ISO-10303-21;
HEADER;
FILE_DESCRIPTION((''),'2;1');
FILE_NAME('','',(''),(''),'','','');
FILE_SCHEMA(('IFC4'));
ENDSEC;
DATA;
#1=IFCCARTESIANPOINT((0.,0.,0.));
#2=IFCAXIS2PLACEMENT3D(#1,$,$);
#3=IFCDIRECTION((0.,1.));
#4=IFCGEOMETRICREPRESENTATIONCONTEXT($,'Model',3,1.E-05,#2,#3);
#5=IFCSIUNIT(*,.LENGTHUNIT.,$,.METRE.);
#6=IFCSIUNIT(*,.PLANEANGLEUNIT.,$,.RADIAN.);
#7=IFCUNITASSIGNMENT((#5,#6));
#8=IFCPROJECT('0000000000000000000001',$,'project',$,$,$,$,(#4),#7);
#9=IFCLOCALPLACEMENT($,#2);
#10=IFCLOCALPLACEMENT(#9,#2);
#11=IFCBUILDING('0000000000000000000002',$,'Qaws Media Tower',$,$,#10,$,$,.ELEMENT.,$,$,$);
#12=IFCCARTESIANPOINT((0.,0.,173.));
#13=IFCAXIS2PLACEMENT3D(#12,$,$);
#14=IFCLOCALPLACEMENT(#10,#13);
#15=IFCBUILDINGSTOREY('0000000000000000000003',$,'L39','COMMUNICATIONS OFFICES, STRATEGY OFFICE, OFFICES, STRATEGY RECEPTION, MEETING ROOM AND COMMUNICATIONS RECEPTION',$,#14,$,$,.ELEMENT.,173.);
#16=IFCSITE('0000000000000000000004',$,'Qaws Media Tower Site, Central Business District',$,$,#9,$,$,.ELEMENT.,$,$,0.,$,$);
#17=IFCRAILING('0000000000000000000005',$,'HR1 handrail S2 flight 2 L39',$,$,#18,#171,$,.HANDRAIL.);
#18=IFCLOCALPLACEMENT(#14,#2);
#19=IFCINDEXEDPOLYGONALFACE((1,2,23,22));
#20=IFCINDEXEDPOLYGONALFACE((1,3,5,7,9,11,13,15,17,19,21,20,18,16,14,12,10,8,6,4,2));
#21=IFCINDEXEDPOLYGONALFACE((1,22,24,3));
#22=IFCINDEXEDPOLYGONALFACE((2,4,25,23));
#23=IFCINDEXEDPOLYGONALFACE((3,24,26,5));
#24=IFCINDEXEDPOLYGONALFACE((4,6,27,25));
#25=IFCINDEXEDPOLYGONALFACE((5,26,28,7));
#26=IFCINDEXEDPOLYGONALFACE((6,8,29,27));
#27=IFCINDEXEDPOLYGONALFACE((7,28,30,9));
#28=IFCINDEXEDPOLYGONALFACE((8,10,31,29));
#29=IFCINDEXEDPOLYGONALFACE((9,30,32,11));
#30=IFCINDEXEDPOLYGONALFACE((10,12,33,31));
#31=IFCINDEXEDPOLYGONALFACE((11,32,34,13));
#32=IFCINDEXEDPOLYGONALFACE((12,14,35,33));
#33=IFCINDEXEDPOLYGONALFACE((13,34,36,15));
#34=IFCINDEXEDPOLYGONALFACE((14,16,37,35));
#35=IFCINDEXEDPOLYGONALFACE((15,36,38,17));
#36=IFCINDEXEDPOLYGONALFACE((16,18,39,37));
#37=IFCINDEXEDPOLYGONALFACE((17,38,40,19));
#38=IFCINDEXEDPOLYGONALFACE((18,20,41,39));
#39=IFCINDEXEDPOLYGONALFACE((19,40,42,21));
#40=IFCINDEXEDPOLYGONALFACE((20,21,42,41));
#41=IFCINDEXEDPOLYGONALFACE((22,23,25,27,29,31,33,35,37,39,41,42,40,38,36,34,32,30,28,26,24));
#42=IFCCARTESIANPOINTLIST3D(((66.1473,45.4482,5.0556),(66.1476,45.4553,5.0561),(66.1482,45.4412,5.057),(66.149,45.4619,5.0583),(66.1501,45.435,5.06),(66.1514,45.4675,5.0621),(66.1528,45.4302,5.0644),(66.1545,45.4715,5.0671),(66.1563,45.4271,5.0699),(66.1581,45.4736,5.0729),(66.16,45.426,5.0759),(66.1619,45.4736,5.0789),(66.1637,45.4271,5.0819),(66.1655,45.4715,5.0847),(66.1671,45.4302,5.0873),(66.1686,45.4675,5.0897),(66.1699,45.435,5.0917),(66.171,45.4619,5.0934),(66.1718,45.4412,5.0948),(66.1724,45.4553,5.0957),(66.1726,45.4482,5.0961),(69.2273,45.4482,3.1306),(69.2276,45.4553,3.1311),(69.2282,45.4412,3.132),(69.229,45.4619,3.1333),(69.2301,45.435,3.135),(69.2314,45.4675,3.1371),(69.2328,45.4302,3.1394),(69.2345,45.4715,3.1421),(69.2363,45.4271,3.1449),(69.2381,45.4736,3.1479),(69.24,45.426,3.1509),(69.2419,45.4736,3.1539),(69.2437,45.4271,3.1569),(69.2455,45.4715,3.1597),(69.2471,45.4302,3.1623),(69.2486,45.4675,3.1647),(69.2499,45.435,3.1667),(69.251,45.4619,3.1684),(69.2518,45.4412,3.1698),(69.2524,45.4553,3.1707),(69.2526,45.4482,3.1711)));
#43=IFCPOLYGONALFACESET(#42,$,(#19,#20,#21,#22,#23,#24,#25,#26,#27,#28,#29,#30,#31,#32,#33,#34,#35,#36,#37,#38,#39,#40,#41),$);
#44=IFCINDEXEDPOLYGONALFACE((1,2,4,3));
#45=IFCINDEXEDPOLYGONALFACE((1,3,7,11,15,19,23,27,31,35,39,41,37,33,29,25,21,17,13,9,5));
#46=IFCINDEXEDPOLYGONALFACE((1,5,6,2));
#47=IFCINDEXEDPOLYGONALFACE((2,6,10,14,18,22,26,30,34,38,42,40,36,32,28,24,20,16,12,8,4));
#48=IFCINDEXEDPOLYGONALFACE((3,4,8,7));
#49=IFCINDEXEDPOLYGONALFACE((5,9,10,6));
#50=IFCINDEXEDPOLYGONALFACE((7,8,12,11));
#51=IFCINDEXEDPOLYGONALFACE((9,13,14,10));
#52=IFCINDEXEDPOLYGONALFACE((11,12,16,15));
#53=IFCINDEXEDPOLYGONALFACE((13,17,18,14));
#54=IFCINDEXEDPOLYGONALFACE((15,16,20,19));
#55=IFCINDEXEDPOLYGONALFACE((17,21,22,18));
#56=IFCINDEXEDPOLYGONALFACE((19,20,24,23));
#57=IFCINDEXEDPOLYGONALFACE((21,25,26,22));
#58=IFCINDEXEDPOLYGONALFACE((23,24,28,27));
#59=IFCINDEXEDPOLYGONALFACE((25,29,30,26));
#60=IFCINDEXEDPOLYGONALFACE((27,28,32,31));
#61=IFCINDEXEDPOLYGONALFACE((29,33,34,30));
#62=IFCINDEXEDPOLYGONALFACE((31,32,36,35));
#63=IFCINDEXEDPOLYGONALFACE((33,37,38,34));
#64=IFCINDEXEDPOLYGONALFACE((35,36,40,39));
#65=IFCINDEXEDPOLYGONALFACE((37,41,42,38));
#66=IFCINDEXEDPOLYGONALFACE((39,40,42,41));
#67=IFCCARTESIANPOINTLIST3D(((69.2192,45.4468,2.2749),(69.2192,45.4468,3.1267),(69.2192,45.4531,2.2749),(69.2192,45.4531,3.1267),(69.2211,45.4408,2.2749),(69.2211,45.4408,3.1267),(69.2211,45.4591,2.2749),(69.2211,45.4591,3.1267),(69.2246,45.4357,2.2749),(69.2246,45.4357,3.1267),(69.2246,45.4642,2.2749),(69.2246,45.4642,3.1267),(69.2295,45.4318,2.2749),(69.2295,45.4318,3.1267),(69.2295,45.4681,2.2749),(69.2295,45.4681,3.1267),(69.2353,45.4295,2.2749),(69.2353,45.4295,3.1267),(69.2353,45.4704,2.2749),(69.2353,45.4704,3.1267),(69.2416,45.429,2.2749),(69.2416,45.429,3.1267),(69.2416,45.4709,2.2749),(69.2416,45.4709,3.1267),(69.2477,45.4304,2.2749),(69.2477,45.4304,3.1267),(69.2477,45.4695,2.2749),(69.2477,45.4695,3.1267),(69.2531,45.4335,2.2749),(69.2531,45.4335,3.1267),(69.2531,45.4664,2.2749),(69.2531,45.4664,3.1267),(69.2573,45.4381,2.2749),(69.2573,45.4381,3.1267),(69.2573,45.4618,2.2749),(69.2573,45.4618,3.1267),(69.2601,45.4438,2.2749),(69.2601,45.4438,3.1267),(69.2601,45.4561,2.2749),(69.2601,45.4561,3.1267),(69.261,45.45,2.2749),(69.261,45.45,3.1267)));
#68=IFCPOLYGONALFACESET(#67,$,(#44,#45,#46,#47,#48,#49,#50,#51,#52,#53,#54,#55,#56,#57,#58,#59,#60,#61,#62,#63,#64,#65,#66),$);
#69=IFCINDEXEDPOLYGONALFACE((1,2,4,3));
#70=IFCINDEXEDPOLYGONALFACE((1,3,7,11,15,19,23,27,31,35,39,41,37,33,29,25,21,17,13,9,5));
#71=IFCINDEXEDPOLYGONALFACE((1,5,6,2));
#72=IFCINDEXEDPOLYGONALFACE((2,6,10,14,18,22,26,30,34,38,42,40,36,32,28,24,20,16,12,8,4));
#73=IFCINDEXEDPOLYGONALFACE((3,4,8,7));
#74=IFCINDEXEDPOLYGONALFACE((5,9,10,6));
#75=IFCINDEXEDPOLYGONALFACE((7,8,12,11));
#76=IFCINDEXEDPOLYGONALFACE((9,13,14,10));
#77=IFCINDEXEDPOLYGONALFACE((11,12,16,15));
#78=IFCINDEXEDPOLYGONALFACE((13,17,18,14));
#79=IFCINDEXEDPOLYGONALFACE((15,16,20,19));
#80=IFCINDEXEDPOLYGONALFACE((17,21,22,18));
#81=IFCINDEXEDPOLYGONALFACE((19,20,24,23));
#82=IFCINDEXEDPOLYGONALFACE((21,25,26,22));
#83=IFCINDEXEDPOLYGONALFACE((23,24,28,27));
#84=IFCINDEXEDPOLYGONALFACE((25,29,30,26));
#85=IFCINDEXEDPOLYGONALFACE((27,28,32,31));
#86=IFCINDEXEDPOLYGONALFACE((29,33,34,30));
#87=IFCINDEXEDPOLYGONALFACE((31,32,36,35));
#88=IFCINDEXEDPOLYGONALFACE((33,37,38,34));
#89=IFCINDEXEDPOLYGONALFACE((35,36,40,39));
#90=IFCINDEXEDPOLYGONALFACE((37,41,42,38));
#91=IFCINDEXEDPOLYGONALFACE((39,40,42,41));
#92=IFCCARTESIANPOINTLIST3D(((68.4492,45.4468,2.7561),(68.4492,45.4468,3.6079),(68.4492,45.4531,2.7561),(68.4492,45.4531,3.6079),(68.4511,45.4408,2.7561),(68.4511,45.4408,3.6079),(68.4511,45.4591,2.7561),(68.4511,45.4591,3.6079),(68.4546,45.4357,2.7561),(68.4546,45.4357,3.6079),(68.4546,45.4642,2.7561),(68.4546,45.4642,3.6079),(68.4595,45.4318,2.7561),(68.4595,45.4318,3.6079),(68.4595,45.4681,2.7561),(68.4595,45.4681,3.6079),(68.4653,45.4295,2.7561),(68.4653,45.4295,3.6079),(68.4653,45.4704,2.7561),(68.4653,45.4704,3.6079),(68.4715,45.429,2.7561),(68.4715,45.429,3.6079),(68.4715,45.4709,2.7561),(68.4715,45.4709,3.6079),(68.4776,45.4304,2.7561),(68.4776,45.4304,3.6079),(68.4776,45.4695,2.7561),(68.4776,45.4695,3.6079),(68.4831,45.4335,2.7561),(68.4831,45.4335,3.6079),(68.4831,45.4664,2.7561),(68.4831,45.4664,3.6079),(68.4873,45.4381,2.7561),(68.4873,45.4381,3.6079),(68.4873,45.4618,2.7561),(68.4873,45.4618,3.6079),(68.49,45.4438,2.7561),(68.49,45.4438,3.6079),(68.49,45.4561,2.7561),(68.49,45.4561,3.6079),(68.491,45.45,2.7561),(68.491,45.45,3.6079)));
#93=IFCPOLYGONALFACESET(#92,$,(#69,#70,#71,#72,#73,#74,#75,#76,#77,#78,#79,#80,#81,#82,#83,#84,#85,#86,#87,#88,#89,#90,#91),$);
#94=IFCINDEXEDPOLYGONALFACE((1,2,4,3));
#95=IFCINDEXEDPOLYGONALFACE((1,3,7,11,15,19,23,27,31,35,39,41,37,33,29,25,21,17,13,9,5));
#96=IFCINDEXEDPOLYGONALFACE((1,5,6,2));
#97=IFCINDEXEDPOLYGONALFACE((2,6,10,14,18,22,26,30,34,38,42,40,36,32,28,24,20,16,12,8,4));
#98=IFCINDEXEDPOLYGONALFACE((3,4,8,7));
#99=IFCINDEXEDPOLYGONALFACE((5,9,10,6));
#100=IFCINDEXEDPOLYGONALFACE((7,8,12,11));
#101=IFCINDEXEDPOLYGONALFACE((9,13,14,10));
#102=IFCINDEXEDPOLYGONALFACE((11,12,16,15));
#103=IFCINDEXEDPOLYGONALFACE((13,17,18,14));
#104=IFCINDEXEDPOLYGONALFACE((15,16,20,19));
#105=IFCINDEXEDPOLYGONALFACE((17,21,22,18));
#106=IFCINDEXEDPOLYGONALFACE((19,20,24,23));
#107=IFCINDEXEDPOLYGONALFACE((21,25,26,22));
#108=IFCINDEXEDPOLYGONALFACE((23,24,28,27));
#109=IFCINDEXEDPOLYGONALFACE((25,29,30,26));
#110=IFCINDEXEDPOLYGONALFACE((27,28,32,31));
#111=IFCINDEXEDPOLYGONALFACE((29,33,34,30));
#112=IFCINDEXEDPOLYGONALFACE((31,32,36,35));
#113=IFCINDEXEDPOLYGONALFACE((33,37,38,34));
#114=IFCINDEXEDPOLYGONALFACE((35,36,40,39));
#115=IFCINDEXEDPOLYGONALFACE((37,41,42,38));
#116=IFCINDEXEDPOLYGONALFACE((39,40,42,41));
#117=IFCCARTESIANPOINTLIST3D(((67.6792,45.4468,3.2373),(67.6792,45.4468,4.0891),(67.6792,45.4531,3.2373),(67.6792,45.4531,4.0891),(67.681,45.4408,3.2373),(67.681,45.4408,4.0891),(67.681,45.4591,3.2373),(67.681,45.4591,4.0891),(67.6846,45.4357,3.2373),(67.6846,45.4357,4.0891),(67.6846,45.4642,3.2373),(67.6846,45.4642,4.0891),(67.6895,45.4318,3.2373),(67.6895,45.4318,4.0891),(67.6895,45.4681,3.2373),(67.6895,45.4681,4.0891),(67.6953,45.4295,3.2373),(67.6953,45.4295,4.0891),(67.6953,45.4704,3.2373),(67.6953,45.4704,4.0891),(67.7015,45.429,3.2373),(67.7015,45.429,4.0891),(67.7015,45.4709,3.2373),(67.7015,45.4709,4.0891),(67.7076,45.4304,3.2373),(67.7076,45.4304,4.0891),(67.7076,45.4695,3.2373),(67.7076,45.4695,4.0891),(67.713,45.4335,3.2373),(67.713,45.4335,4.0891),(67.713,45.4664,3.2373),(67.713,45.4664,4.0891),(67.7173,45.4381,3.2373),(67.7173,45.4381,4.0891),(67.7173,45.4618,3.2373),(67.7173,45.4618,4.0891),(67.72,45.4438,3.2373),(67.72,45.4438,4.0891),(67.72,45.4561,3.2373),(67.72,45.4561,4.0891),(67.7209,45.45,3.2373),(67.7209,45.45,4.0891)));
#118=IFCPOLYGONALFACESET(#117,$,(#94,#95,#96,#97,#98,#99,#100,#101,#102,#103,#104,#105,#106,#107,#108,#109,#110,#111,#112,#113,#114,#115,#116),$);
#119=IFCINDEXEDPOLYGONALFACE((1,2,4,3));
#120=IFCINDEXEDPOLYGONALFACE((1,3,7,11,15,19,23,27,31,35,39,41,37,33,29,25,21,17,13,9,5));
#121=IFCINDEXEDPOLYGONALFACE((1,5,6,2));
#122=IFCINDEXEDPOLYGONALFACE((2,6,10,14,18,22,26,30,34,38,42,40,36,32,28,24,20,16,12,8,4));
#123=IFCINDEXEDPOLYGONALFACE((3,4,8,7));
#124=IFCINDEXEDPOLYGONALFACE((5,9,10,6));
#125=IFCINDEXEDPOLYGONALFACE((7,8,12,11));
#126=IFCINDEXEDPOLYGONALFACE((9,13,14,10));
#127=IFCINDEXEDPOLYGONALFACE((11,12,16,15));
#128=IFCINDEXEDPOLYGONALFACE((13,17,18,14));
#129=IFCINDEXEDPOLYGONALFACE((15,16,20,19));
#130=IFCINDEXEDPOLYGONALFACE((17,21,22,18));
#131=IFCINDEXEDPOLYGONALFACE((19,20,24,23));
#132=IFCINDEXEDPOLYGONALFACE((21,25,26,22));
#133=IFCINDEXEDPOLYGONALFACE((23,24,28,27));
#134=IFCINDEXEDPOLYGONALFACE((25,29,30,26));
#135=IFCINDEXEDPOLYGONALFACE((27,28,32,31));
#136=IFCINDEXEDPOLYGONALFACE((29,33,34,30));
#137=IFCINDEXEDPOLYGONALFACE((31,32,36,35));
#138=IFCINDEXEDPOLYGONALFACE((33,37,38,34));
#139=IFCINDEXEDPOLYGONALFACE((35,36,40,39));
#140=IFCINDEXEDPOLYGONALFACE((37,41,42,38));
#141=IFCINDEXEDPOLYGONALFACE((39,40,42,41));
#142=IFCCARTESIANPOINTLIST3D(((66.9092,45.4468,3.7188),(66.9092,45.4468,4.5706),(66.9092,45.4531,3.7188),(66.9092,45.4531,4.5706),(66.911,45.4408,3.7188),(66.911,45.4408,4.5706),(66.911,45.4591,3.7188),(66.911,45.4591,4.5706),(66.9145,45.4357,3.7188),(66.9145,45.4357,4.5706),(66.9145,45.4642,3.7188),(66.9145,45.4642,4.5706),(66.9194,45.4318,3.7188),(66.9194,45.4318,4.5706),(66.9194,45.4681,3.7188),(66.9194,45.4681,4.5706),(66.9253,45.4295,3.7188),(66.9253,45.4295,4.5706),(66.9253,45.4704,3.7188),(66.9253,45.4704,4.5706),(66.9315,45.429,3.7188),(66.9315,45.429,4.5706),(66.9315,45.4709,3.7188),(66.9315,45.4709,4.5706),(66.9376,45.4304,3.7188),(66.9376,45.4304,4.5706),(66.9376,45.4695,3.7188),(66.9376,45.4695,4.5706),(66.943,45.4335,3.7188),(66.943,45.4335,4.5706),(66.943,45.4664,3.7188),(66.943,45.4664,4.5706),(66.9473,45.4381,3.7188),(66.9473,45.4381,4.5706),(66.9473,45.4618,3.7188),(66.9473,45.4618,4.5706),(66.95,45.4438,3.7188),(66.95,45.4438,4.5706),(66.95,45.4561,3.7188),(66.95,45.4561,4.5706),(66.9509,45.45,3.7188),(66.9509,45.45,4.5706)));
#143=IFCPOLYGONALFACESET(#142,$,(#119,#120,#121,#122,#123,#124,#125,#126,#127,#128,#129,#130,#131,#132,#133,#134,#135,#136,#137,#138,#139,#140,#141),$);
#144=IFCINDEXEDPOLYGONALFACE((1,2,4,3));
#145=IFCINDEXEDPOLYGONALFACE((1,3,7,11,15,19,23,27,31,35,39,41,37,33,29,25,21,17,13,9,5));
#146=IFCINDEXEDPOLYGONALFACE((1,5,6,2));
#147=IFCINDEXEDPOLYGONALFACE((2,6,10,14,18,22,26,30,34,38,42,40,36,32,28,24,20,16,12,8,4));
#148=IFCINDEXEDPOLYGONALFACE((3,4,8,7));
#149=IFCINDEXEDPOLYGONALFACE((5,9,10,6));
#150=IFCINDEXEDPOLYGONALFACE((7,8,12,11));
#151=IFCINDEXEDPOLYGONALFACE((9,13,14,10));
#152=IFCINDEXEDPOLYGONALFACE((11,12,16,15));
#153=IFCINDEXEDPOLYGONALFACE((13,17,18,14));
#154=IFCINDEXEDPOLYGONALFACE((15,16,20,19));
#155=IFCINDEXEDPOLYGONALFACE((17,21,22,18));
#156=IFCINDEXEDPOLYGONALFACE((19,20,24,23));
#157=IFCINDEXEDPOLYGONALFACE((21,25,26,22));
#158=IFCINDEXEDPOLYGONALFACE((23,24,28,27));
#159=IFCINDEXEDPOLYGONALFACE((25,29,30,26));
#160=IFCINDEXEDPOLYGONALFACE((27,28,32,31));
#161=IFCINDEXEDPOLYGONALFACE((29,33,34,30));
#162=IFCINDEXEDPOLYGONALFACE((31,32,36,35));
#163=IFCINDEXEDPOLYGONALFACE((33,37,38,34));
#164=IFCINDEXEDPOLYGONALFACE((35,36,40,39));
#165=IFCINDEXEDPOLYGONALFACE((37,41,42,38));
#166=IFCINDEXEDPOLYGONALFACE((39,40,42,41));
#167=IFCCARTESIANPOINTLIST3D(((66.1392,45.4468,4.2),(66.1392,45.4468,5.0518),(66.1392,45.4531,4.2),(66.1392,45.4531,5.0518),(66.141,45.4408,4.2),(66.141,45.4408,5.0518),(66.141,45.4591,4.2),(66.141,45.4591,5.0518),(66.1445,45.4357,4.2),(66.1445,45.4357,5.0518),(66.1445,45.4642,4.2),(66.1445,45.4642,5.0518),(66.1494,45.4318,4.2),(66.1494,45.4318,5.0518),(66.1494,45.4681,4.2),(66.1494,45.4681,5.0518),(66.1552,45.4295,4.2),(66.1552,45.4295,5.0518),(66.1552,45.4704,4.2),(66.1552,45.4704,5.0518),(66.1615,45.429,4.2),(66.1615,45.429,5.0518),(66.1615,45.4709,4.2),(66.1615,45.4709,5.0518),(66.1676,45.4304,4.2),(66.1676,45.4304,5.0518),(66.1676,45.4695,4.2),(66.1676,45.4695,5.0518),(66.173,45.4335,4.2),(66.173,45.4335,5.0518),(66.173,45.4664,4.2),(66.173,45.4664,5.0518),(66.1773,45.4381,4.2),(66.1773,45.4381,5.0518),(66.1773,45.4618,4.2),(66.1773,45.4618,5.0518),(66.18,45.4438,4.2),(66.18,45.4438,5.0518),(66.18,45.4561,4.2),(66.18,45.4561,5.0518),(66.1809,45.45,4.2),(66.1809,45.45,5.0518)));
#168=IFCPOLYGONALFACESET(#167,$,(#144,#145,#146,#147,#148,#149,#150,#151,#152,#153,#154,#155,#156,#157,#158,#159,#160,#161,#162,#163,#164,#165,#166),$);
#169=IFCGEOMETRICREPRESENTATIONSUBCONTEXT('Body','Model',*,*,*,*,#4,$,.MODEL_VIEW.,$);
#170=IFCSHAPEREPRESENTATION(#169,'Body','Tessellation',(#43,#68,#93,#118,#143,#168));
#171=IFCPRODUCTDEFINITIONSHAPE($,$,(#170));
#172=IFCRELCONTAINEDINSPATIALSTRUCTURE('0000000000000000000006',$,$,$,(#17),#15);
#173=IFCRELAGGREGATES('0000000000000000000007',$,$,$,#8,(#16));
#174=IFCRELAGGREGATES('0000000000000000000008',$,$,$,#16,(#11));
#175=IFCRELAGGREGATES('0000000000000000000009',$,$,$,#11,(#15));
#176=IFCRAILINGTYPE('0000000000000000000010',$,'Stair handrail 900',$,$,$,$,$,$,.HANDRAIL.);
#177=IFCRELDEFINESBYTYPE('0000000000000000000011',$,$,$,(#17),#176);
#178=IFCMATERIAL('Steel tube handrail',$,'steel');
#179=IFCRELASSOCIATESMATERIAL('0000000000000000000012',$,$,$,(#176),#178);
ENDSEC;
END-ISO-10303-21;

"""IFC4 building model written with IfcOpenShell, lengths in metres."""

from ifc_helpers import new_model, si_unit, direction, frame, origin, origin_2d, place, context, subcontext, project, spatial, circle, extrude, material, type_object, element, save


model = new_model("IFC4")

# Units and contexts
model_context = context("Model", 3, precision=1e-05, world=origin(), true_north=direction((0.0, 1.0)))
body_context = subcontext(model_context, "Body", "Model", "MODEL_VIEW")
ifc_project = project(units=[si_unit("LENGTHUNIT", "METRE"), si_unit("PLANEANGLEUNIT", "RADIAN")], contexts=[model_context])

# Site, building, storey
site_placement = place(None, origin())
site = spatial("IfcSite", under=ifc_project, at=site_placement, Name="Qaws Media Tower Site, Central Business District", CompositionType="ELEMENT", RefElevation=0.0)
building_placement = place(site_placement, origin())
building = spatial("IfcBuilding", under=site, at=building_placement, Name="Qaws Media Tower", CompositionType="ELEMENT")
storey_placement = place(building_placement, frame((0.0, 0.0, 173.0)))
storey = spatial("IfcBuildingStorey", under=building, at=storey_placement, Name="L39", Description="COMMUNICATIONS OFFICES, STRATEGY OFFICE, OFFICES, STRATEGY RECEPTION, MEETING ROOM AND COMMUNICATIONS RECEPTION", CompositionType="ELEMENT", Elevation=173.0)

# Railing
ifc_material_1 = material(Name="Steel tube handrail", Category="steel")
railing_type = type_object("IfcRailingType", Name="Stair handrail 900", PredefinedType="HANDRAIL", material=ifc_material_1)
for number, where, name in (
    (1, (69.24, 45.45, 2.2749), "HR1 handrail S2 flight 2 L39"),
):
    element("IfcRailing", number, at=place(storey_placement, frame(where)), inside=storey, type_object=railing_type, Name=name, PredefinedType="HANDRAIL", context=body_context, shape_type="SweptSolid", body=[
        extrude(circle(Radius=0.0239, at=origin_2d()), frame((0.0, 0.0, 0.876), z_axis=(-0.847998, 0.0, 0.529999), x_axis=(0.0, -1.0, 0.0)), (0.0, 0.0, 1.0), 3.6321),
        extrude(circle(Radius=0.021, at=origin_2d()), origin(), (0.0, 0.0, 1.0), 0.8518),
        extrude(circle(Radius=0.021, at=origin_2d()), frame((-0.77, 0.0, 0.4812)), (0.0, 0.0, 1.0), 0.8518),
        extrude(circle(Radius=0.021, at=origin_2d()), frame((-1.54, 0.0, 0.9624)), (0.0, 0.0, 1.0), 0.8518),
        extrude(circle(Radius=0.021, at=origin_2d()), frame((-2.3101, 0.0, 1.4438)), (0.0, 0.0, 1.0), 0.8518),
        extrude(circle(Radius=0.021, at=origin_2d()), frame((-3.0801, 0.0, 1.925)), (0.0, 0.0, 1.0), 0.8518),
    ])

save(model, "model.ifc")
